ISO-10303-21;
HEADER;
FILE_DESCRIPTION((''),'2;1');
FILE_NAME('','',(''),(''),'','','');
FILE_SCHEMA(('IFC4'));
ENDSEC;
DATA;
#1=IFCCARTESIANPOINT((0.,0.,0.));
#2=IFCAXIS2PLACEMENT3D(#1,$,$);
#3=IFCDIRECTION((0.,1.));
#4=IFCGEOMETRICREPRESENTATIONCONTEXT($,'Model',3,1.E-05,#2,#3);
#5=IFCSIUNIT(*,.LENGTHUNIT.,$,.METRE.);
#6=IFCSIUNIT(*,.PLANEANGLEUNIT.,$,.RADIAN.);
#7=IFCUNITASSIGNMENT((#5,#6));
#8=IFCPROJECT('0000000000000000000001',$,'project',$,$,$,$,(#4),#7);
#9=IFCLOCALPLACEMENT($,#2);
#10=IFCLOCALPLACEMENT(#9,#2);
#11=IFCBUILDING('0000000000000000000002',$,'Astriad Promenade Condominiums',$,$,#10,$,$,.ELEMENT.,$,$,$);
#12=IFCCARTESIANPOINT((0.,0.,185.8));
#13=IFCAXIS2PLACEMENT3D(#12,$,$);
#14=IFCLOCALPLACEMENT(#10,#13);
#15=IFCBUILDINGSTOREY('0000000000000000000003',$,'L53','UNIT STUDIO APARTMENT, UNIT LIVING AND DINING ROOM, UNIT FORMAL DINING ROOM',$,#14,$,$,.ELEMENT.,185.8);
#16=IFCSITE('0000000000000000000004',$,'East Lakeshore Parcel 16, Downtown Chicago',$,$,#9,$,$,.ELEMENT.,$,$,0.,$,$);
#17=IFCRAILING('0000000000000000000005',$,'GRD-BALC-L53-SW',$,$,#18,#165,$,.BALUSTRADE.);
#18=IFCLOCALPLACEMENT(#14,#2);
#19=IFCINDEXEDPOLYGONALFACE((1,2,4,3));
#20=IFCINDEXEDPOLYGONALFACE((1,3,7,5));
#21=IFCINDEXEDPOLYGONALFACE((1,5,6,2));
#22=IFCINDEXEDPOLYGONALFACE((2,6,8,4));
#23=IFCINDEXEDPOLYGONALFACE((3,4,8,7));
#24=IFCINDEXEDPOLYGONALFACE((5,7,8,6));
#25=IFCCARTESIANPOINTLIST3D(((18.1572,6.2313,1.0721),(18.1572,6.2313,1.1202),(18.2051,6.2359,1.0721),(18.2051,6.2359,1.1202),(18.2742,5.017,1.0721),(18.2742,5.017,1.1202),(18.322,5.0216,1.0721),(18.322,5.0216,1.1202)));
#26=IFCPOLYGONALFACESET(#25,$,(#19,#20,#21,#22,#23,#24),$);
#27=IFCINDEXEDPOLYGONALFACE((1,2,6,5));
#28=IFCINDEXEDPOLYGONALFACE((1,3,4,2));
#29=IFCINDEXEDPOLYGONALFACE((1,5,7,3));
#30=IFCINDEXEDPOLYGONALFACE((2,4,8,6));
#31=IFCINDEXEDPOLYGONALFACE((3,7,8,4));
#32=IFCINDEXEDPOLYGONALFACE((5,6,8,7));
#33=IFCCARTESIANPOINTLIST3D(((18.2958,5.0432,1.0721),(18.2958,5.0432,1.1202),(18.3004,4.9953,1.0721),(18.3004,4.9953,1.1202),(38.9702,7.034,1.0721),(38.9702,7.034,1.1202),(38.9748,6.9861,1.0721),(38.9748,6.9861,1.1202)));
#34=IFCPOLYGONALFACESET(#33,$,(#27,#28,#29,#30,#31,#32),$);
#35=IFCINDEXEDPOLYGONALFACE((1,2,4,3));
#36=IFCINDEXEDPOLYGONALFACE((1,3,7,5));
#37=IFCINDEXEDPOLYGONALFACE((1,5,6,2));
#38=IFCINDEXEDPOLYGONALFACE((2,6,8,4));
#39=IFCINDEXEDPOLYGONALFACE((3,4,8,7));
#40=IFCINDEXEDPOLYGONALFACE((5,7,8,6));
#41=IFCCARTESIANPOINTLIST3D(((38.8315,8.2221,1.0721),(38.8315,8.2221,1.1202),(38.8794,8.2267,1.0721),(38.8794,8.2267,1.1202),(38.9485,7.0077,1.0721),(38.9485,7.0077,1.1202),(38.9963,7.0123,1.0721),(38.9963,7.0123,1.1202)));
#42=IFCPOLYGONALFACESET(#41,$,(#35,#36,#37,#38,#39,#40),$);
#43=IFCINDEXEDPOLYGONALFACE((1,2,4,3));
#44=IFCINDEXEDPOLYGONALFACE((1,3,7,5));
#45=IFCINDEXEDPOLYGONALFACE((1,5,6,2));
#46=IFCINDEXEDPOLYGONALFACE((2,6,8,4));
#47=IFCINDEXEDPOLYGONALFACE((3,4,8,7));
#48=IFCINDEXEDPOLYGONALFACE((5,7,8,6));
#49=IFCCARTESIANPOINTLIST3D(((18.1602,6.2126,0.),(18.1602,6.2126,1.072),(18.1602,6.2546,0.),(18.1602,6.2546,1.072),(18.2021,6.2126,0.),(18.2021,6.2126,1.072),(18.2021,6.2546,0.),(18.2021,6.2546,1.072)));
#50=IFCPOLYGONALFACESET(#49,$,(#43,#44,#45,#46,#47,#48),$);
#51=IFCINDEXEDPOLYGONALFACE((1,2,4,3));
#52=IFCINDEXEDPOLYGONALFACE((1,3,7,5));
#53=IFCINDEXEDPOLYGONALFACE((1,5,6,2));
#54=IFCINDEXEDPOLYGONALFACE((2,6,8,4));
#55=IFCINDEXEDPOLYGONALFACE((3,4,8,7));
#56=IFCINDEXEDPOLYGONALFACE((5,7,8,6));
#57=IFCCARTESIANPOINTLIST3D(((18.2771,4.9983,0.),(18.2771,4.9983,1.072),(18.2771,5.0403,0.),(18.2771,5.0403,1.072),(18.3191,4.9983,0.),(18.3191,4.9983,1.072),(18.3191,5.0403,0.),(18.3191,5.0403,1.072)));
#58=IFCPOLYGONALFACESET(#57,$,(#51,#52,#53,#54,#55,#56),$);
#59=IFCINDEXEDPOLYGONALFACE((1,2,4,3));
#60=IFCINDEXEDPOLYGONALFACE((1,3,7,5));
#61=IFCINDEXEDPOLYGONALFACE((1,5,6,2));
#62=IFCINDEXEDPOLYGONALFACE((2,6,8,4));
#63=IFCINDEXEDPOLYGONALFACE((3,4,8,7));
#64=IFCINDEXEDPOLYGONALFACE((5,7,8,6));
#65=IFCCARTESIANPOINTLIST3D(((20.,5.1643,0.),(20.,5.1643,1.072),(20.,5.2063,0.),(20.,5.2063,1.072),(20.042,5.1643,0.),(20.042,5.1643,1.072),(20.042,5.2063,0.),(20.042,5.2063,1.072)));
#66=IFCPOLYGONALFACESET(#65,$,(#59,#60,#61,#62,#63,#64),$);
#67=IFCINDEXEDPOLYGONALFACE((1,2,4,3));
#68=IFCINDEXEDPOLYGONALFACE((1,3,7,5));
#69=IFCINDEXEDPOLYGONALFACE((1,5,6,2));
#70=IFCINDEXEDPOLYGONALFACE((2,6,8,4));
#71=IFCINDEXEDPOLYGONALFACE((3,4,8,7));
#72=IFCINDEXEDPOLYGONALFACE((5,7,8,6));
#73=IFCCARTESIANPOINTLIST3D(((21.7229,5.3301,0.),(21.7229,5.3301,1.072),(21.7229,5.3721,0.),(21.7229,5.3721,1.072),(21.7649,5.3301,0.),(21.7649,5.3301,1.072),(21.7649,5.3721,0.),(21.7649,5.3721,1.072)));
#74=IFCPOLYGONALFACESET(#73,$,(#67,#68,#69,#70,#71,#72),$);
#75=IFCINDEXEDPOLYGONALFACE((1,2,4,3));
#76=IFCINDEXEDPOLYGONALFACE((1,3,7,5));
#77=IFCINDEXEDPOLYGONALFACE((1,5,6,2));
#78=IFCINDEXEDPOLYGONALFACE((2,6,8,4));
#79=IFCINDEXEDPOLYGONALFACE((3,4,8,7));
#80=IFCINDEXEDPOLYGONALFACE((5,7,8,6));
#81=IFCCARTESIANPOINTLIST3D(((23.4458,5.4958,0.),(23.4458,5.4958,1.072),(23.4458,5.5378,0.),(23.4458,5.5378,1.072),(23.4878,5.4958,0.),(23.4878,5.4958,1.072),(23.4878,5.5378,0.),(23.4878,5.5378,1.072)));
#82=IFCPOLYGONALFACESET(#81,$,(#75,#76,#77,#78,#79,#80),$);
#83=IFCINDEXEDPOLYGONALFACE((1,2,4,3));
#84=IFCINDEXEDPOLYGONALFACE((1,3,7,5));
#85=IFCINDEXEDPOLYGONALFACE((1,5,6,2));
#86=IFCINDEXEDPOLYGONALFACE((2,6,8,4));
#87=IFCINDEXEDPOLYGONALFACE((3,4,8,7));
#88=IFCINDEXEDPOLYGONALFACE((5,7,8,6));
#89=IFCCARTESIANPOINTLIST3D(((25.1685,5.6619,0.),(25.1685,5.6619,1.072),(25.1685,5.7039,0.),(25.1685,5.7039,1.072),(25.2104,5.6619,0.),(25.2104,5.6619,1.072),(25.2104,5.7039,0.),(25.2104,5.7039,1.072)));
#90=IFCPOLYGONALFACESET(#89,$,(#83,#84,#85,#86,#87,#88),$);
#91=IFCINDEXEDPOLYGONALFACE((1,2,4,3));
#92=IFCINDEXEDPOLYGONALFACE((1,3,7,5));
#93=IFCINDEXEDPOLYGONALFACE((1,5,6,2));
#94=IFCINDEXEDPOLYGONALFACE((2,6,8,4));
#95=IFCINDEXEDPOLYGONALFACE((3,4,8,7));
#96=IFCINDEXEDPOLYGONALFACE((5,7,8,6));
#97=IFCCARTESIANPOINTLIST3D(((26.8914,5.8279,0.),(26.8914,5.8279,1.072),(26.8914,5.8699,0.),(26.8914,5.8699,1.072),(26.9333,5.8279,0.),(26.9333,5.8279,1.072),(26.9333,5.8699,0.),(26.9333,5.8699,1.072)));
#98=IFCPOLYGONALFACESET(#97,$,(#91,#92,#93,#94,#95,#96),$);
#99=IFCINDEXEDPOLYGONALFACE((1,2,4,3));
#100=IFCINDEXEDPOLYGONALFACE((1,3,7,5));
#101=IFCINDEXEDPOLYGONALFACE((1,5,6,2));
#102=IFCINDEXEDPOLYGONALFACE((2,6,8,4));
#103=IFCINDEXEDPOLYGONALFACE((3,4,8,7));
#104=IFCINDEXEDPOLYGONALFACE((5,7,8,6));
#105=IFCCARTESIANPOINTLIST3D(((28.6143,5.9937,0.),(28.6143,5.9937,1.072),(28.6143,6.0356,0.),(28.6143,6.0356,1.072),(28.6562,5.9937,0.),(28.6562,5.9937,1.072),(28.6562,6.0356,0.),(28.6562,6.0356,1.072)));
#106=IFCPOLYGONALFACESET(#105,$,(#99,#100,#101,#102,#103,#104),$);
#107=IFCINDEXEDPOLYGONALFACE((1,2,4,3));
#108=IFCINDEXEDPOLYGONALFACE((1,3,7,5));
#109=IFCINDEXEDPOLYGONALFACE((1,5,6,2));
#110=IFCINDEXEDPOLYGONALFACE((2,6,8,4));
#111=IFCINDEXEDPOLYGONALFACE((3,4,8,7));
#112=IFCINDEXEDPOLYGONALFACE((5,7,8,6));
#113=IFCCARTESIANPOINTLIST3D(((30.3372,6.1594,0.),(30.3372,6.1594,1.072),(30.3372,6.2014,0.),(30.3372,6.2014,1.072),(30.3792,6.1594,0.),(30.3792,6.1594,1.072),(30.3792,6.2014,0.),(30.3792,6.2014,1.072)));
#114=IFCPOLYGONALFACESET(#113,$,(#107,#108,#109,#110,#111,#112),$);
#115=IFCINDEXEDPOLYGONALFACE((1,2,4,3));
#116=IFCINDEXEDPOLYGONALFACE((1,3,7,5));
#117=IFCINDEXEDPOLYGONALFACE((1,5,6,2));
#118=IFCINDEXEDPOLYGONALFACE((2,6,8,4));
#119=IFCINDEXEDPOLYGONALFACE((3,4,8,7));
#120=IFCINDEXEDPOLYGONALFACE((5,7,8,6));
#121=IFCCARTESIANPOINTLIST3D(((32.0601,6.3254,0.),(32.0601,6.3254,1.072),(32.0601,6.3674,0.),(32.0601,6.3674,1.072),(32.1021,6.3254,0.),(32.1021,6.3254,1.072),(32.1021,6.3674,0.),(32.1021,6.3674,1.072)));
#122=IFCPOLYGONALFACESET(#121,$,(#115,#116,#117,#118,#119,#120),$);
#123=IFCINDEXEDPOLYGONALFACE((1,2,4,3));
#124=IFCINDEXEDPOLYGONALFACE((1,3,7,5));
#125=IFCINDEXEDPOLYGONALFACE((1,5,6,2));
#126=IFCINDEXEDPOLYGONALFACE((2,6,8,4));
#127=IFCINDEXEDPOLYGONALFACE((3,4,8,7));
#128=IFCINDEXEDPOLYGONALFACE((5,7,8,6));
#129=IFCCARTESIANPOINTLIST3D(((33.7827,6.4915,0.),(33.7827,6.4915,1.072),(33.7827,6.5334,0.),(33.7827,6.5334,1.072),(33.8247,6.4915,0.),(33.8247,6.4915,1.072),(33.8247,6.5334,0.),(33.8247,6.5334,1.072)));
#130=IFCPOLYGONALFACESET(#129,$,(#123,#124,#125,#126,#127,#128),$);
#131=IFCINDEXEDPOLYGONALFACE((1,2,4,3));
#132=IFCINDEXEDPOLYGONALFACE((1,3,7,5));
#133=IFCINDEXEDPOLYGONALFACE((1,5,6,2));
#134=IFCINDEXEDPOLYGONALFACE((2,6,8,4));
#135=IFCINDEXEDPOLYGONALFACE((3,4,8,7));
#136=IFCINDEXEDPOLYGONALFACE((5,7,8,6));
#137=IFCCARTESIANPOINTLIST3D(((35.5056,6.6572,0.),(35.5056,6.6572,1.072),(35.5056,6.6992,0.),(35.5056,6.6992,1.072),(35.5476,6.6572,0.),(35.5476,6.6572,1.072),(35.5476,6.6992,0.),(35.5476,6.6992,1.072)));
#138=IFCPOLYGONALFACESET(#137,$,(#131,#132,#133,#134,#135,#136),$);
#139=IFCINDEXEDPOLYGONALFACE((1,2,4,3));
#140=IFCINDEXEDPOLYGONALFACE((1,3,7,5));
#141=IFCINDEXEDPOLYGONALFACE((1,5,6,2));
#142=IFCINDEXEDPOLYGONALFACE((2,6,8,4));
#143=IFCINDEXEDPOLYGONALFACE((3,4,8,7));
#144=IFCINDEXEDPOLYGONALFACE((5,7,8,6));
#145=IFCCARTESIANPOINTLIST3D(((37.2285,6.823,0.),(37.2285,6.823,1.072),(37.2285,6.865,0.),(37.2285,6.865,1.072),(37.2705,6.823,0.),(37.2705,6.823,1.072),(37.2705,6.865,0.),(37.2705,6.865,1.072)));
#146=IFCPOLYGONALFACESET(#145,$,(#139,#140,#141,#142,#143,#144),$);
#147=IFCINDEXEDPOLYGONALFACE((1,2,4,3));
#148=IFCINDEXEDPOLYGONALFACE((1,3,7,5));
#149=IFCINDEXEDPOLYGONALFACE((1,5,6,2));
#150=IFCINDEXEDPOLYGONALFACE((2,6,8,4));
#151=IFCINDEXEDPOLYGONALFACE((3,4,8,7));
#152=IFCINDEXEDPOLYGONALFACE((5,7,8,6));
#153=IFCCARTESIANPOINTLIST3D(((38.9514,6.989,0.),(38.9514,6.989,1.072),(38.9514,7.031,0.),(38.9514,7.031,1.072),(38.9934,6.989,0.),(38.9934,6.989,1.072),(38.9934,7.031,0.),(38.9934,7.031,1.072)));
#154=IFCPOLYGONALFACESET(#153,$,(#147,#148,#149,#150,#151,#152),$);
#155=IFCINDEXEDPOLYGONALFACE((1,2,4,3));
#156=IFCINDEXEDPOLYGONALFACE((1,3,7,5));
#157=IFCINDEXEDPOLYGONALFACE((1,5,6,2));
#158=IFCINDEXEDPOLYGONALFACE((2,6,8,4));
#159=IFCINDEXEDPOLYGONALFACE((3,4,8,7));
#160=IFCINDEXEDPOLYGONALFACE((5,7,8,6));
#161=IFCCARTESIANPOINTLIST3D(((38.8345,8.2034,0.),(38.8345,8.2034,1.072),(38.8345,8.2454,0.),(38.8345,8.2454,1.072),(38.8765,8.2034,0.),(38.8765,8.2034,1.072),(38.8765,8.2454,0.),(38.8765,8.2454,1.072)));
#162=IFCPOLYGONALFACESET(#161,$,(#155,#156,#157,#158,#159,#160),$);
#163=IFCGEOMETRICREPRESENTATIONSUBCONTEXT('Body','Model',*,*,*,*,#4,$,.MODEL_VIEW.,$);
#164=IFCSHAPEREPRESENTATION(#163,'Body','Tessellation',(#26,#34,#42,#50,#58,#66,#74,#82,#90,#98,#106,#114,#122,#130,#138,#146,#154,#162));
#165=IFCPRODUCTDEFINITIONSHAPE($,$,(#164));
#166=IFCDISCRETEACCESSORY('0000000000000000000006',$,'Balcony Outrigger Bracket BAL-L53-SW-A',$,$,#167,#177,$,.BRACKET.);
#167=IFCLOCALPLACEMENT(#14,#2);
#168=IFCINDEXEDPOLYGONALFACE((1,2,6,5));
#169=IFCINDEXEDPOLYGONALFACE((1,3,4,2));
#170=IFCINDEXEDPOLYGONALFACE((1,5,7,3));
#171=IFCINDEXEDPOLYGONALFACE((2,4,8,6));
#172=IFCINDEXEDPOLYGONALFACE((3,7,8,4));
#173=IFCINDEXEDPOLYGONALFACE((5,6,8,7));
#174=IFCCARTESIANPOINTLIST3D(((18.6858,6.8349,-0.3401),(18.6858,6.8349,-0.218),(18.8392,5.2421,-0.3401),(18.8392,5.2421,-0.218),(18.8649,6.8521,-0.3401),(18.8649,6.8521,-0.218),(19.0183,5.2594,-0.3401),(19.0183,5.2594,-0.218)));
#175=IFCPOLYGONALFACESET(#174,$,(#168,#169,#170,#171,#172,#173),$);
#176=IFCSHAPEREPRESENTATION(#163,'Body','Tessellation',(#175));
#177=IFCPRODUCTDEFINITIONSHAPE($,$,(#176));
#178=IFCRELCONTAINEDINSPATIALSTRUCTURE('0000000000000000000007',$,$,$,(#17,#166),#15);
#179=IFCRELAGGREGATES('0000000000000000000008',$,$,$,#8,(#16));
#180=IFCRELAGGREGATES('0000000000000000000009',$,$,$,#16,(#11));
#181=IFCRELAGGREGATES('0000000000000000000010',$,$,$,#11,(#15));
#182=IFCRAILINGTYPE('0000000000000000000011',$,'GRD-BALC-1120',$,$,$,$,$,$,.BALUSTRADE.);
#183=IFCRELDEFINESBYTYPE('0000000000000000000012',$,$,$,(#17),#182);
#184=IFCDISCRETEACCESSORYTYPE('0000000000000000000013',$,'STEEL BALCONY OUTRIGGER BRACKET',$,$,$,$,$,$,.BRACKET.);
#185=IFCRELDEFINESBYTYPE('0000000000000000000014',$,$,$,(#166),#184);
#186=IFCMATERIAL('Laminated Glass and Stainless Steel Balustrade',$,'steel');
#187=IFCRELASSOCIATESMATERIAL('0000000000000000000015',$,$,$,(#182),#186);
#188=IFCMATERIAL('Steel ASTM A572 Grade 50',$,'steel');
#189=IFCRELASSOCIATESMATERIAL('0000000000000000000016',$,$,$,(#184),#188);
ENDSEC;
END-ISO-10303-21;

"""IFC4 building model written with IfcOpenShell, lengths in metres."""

from ifc_helpers import new_model, si_unit, direction, frame, origin, origin_2d, place, context, subcontext, project, spatial, rectangle, extrude, source, transform, mapped, material, type_object, type_shapes, element, save


model = new_model("IFC4")

# Units and contexts
model_context = context("Model", 3, precision=1e-05, world=origin(), true_north=direction((0.0, 1.0)))
body_context = subcontext(model_context, "Body", "Model", "MODEL_VIEW")
ifc_project = project(units=[si_unit("LENGTHUNIT", "METRE"), si_unit("PLANEANGLEUNIT", "RADIAN")], contexts=[model_context])

# Site, building, storey
site_placement = place(None, origin())
site = spatial("IfcSite", under=ifc_project, at=site_placement, Name="East Lakeshore Parcel 16, Downtown Chicago", CompositionType="ELEMENT", RefElevation=0.0)
building_placement = place(site_placement, origin())
building = spatial("IfcBuilding", under=site, at=building_placement, Name="Astriad Promenade Condominiums", CompositionType="ELEMENT")
storey_placement = place(building_placement, frame((0.0, 0.0, 185.8)))
storey = spatial("IfcBuildingStorey", under=building, at=storey_placement, Name="L53", Description="UNIT STUDIO APARTMENT, UNIT LIVING AND DINING ROOM, UNIT FORMAL DINING ROOM", CompositionType="ELEMENT", Elevation=185.8)

# Railing
ifc_material_1 = material(Name="Laminated Glass and Stainless Steel Balustrade", Category="steel")
railing_type = type_object("IfcRailingType", Name="GRD-BALC-1120", PredefinedType="BALUSTRADE", material=ifc_material_1)
shared_shape_1 = source(origin(), body_context, "Body", "SweptSolid", [
    extrude(rectangle(XDim=0.0481, YDim=0.0481, at=origin_2d()), frame((0.0, 0.0, 1.0962), z_axis=(0.095857, -0.995395, 0.0), x_axis=(0.995395, 0.095857, 0.0)), (0.0, 0.0, 1.0), 1.22),
    extrude(rectangle(XDim=0.0481, YDim=0.0481, at=origin_2d()), frame((0.1169, -1.2144, 1.0962), z_axis=(0.995396, 0.095846, 0.0), x_axis=(-0.095846, 0.995396, 0.0)), (0.0, 0.0, 1.0), 20.77),
    extrude(rectangle(XDim=0.0481, YDim=0.0481, at=origin_2d()), frame((20.7913, 0.7764, 1.0962), z_axis=(-0.095857, 0.995395, 0.0), x_axis=(-0.995395, -0.095857, 0.0)), (0.0, 0.0, 1.0), 1.22),
    extrude(rectangle(XDim=0.042, YDim=0.042, at=origin_2d()), origin(), (0.0, 0.0, 1.0), 1.072),
    extrude(rectangle(XDim=0.042, YDim=0.042, at=origin_2d()), frame((0.1169, -1.2144, 0.0)), (0.0, 0.0, 1.0), 1.072),
    extrude(rectangle(XDim=0.042, YDim=0.042, at=origin_2d()), frame((1.8398, -1.0483, 0.0)), (0.0, 0.0, 1.0), 1.072),
    extrude(rectangle(XDim=0.042, YDim=0.042, at=origin_2d()), frame((3.5627, -0.8826, 0.0)), (0.0, 0.0, 1.0), 1.072),
    extrude(rectangle(XDim=0.042, YDim=0.042, at=origin_2d()), frame((5.2856, -0.7168, 0.0)), (0.0, 0.0, 1.0), 1.072),
    extrude(rectangle(XDim=0.042, YDim=0.042, at=origin_2d()), frame((7.0083, -0.5508, 0.0)), (0.0, 0.0, 1.0), 1.072),
    extrude(rectangle(XDim=0.042, YDim=0.042, at=origin_2d()), frame((8.7312, -0.3848, 0.0)), (0.0, 0.0, 1.0), 1.072),
    extrude(rectangle(XDim=0.042, YDim=0.042, at=origin_2d()), frame((10.4541, -0.219, 0.0)), (0.0, 0.0, 1.0), 1.072),
    extrude(rectangle(XDim=0.042, YDim=0.042, at=origin_2d()), frame((12.177, -0.0532, 0.0)), (0.0, 0.0, 1.0), 1.072),
    extrude(rectangle(XDim=0.042, YDim=0.042, at=origin_2d()), frame((13.8999, 0.1128, 0.0)), (0.0, 0.0, 1.0), 1.072),
    extrude(rectangle(XDim=0.042, YDim=0.042, at=origin_2d()), frame((15.6226, 0.2788, 0.0)), (0.0, 0.0, 1.0), 1.072),
    extrude(rectangle(XDim=0.042, YDim=0.042, at=origin_2d()), frame((17.3455, 0.4446, 0.0)), (0.0, 0.0, 1.0), 1.072),
    extrude(rectangle(XDim=0.042, YDim=0.042, at=origin_2d()), frame((19.0684, 0.6104, 0.0)), (0.0, 0.0, 1.0), 1.072),
    extrude(rectangle(XDim=0.042, YDim=0.042, at=origin_2d()), frame((20.7913, 0.7764, 0.0)), (0.0, 0.0, 1.0), 1.072),
    extrude(rectangle(XDim=0.042, YDim=0.042, at=origin_2d()), frame((20.6743, 1.9907, 0.0)), (0.0, 0.0, 1.0), 1.072),
])
type_shapes(railing_type, [shared_shape_1])
railing_placement = place(storey_placement, frame((18.1812, 6.2336, 0.0)))
element("IfcRailing", 1, at=railing_placement, inside=storey, type_object=railing_type, Name="GRD-BALC-L53-SW", PredefinedType="BALUSTRADE", context=body_context, shape_type="MappedRepresentation", body=[
    mapped(shared_shape_1, transform((0.0, 0.0, 0.0), scale=1.0)),
])

# Discrete accessory
ifc_material_2 = material(Name="Steel ASTM A572 Grade 50", Category="steel")
discrete_accessory_type = type_object("IfcDiscreteAccessoryType", Name="STEEL BALCONY OUTRIGGER BRACKET", PredefinedType="BRACKET", material=ifc_material_2)
shared_shape_2 = source(origin(), body_context, "Body", "SweptSolid", [
    extrude(rectangle(XDim=1.6001, YDim=0.1799, at=origin_2d()), origin(), (0.0, 0.0, 1.0), 0.1221),
])
type_shapes(discrete_accessory_type, [shared_shape_2])
discrete_accessory_placement = place(storey_placement, frame((18.8521, 6.0471, -0.3401), z_axis=(0.0, 0.0, 1.0), x_axis=(0.095846, -0.995396, 0.0)))
element("IfcDiscreteAccessory", 2, at=discrete_accessory_placement, inside=storey, type_object=discrete_accessory_type, Name="Balcony Outrigger Bracket BAL-L53-SW-A", PredefinedType="BRACKET", context=body_context, shape_type="MappedRepresentation", body=[
    mapped(shared_shape_2, transform((0.0, 0.0, 0.0), scale=1.0)),
])

save(model, "model.ifc")
